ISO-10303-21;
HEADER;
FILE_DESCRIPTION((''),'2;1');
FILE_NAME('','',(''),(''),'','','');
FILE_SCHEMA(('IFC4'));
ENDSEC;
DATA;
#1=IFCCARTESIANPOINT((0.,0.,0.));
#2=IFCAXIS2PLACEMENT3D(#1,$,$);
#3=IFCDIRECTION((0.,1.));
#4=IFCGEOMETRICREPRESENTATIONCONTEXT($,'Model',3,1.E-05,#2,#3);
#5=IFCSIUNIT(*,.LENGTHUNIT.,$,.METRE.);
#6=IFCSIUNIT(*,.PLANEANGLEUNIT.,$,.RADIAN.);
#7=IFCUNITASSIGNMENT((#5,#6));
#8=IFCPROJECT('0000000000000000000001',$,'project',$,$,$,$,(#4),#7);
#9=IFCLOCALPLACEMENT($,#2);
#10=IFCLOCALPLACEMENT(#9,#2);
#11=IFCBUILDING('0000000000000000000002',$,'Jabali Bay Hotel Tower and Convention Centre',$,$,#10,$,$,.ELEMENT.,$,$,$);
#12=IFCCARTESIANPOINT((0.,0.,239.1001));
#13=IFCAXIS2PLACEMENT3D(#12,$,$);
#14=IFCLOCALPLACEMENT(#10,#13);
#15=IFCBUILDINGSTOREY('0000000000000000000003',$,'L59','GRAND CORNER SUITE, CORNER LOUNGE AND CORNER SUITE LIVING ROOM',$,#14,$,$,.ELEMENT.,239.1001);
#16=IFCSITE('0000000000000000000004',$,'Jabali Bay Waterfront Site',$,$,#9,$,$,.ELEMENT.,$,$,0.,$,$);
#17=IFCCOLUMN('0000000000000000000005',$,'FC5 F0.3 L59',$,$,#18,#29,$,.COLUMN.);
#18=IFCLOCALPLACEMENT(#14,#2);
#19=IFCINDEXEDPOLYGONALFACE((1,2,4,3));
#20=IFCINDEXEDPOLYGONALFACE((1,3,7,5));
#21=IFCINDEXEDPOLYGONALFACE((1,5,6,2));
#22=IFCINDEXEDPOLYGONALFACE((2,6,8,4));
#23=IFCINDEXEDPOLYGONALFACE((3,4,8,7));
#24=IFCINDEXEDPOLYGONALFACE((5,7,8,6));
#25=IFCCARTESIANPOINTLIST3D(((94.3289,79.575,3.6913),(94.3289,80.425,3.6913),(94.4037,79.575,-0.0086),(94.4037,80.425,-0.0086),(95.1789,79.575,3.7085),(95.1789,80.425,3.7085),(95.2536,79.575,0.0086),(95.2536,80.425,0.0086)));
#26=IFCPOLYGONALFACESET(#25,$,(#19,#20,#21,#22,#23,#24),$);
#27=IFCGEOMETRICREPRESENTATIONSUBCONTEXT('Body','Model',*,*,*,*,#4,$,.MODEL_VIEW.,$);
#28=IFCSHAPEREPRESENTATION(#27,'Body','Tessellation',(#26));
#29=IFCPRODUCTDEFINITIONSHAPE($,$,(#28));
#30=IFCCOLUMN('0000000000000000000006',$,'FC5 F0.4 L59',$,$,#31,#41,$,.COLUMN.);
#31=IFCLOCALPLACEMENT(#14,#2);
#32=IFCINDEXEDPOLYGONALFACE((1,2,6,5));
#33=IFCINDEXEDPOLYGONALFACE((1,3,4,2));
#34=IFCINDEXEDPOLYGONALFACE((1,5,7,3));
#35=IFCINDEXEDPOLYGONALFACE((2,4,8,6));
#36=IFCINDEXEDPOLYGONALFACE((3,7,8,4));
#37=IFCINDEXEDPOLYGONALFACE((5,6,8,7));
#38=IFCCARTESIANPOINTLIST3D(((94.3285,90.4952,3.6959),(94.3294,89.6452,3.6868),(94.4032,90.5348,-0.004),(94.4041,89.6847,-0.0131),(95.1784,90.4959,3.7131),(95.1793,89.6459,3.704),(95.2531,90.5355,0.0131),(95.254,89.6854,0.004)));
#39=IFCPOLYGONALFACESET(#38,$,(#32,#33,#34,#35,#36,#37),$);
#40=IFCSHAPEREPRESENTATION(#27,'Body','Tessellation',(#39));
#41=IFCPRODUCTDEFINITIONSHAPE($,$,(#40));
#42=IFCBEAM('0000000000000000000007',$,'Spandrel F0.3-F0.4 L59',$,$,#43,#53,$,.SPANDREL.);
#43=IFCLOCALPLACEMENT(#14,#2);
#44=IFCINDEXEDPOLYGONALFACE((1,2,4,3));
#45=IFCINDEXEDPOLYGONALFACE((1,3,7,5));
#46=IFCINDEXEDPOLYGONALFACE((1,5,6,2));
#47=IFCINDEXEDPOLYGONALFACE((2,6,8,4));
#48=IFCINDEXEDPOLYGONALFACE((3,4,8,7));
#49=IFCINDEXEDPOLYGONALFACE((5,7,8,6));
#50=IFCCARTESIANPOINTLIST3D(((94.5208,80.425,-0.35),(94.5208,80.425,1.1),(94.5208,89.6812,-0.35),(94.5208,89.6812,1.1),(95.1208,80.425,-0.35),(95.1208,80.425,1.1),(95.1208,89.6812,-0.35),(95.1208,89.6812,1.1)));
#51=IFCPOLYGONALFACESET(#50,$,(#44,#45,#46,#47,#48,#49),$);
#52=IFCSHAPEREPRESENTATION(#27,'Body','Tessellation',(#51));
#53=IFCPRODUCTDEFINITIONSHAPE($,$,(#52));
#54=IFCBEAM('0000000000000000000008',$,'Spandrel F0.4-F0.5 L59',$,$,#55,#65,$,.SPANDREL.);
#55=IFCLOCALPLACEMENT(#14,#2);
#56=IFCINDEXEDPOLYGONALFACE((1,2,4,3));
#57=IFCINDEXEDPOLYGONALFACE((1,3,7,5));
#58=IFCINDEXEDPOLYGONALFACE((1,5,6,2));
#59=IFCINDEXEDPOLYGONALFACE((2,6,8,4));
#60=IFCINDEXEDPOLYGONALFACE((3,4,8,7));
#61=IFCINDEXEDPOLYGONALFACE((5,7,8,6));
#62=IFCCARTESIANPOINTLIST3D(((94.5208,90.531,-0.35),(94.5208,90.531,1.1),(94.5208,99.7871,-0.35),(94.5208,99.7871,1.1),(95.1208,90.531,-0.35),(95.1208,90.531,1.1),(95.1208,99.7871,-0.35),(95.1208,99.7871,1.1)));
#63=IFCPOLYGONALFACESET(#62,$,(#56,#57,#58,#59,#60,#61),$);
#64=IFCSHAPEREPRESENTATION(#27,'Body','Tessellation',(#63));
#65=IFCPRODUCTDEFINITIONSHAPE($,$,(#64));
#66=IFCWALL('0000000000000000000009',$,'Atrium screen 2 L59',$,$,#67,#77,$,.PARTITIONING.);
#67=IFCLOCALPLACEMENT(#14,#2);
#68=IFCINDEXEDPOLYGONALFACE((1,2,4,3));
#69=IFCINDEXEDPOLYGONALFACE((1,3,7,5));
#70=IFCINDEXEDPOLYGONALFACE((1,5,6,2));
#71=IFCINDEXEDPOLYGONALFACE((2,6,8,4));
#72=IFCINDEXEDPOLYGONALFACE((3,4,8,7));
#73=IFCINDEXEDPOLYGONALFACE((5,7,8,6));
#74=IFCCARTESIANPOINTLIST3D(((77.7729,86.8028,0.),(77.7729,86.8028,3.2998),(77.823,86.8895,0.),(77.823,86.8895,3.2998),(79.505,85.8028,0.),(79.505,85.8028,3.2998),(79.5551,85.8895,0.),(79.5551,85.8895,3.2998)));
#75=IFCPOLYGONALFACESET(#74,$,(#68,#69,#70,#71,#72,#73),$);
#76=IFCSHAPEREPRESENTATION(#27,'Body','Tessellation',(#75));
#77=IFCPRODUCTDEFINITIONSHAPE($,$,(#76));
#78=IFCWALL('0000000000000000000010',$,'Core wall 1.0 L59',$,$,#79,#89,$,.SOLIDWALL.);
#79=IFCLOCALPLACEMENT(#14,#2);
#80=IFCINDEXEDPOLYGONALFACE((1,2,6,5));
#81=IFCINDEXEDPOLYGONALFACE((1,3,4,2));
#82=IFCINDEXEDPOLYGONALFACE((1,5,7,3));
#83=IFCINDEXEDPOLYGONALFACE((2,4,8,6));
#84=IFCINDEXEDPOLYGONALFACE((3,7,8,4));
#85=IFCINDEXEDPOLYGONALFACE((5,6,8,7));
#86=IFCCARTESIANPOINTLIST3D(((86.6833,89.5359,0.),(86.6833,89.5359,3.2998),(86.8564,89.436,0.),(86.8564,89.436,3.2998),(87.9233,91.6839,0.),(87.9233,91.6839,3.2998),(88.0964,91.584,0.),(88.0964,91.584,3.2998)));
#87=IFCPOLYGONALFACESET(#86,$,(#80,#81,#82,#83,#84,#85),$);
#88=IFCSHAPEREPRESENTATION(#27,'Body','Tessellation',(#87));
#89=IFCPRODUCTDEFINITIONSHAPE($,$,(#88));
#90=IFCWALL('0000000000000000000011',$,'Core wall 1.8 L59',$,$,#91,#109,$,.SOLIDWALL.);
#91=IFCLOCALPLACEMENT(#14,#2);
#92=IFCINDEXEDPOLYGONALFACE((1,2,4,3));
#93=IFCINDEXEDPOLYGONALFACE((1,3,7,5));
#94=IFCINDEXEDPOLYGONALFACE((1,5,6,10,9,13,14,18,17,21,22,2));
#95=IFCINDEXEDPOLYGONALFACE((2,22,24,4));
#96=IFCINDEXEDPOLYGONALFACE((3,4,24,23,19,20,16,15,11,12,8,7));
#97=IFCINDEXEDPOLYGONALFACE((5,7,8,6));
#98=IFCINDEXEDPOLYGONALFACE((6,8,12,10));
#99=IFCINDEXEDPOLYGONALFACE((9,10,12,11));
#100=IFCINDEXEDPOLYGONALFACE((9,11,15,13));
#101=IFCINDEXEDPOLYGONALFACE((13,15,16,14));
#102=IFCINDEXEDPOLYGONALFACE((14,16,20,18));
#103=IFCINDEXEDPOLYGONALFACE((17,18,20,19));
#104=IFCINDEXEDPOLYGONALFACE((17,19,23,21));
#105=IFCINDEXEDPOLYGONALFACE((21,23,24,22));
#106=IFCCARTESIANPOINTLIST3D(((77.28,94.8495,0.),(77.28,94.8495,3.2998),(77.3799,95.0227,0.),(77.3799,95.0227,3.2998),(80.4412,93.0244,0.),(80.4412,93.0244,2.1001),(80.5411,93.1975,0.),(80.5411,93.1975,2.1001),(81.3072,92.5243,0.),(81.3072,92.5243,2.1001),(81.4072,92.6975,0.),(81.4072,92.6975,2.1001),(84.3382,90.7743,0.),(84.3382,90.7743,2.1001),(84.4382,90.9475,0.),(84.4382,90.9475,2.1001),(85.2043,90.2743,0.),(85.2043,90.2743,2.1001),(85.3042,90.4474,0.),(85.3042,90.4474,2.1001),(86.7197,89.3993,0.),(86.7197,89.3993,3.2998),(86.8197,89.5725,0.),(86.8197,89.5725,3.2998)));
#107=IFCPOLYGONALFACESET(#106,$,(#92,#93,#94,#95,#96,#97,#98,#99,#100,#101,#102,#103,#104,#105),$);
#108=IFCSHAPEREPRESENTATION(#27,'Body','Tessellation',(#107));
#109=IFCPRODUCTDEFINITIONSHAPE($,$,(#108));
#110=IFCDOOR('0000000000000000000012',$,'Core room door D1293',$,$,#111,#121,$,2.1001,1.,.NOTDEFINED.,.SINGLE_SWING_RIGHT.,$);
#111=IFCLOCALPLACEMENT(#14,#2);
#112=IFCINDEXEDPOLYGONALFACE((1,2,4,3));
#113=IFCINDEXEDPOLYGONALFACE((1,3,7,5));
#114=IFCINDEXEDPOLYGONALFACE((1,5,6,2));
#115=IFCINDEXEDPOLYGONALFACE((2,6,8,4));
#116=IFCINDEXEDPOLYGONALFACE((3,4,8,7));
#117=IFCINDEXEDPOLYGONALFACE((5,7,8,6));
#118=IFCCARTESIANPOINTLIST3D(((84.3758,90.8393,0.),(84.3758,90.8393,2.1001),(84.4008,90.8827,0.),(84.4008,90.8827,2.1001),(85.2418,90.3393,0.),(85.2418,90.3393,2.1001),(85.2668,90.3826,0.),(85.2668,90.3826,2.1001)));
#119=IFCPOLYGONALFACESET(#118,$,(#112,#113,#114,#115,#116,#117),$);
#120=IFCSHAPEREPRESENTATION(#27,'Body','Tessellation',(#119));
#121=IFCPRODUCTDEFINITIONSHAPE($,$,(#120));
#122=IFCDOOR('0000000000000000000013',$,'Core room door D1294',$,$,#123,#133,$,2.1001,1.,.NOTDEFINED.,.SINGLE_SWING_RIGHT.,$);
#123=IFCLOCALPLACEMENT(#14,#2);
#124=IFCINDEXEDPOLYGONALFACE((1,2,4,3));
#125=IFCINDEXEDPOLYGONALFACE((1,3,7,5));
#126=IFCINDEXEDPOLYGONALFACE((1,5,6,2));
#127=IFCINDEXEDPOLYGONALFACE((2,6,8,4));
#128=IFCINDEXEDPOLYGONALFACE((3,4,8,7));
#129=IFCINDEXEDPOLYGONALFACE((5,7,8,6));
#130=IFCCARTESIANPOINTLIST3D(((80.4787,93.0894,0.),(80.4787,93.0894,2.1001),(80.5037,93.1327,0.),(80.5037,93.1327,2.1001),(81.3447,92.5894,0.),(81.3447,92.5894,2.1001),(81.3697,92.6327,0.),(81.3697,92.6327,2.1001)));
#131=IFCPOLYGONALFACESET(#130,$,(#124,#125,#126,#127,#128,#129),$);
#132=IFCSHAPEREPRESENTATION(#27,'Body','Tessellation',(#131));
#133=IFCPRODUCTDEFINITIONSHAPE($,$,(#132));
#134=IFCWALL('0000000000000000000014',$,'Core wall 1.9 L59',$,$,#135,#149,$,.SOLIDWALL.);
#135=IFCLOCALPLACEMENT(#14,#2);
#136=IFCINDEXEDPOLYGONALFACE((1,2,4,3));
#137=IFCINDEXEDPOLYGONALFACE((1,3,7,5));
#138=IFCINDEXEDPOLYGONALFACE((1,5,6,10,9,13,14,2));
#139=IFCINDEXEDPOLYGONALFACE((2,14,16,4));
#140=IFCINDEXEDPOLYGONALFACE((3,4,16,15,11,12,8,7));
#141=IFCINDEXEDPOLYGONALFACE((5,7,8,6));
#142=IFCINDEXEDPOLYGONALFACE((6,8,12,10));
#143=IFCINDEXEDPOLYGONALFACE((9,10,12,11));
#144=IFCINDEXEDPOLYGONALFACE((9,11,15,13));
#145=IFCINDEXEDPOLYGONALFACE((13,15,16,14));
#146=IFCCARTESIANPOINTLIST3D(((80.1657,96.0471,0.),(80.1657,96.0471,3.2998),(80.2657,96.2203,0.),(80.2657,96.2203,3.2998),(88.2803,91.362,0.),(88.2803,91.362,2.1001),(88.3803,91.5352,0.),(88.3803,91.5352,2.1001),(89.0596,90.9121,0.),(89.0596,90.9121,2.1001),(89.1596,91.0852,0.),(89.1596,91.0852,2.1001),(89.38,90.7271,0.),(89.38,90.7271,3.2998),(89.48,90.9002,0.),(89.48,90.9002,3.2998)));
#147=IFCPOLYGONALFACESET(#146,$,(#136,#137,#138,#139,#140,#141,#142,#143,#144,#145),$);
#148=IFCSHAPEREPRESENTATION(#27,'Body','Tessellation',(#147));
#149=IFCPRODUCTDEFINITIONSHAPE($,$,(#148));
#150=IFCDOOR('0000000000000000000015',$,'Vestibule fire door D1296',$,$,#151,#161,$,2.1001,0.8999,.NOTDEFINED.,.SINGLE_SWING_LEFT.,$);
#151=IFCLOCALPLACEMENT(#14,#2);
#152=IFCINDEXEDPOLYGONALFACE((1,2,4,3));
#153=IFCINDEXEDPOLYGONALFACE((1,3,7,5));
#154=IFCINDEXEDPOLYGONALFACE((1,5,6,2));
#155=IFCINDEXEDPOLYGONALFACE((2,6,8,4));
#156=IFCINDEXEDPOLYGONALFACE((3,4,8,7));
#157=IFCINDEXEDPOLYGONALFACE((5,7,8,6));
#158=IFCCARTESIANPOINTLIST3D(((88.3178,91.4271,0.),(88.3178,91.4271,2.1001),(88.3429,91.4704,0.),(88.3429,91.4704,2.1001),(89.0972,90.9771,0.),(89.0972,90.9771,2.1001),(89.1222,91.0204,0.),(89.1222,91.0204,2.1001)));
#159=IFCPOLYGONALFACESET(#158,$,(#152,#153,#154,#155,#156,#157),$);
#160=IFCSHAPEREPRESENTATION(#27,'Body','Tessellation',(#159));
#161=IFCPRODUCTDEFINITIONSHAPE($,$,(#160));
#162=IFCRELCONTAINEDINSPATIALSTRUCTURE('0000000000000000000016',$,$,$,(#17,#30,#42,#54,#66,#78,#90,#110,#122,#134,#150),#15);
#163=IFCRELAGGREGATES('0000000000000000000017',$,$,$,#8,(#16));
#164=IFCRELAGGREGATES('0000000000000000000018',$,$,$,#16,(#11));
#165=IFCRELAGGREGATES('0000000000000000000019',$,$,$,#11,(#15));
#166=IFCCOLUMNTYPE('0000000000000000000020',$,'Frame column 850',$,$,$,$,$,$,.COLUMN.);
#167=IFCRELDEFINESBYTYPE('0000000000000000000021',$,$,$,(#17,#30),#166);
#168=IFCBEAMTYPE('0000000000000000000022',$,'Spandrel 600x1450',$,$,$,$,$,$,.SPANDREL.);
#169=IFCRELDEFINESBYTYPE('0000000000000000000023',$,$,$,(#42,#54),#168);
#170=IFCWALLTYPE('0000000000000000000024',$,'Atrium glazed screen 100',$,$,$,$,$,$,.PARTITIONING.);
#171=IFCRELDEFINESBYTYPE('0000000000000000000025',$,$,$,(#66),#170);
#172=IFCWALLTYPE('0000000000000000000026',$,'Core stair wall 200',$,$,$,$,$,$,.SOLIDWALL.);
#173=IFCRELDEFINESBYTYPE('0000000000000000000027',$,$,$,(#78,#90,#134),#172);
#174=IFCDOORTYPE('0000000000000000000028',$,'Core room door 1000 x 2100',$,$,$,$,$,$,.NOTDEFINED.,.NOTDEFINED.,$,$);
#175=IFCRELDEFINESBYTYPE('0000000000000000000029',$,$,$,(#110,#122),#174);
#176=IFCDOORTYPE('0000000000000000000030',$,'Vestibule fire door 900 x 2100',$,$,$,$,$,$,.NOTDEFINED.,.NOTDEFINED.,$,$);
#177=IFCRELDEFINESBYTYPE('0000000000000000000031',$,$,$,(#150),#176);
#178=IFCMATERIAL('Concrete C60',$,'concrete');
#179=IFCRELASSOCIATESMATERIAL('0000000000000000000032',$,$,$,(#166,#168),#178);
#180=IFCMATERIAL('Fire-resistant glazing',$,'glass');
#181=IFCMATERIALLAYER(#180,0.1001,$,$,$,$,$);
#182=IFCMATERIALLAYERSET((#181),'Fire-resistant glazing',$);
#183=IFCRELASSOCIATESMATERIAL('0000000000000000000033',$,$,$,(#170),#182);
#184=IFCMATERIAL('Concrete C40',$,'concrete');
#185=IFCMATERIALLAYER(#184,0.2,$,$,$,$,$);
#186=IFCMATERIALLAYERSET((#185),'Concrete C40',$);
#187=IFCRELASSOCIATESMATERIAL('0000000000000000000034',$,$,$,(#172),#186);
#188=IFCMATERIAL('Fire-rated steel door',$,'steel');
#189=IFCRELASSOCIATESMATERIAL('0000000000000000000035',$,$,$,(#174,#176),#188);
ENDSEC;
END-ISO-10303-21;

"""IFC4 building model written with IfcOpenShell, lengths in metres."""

from ifc_helpers import new_model, si_unit, direction, frame, frame_2d, origin, origin_2d, place, context, subcontext, project, spatial, rectangle, extrude, material, layer, layer_set, material_profile, profile_set, type_object, element, fill, save


model = new_model("IFC4")

# Units and contexts
model_context = context("Model", 3, precision=1e-05, world=origin(), true_north=direction((0.0, 1.0)))
body_context = subcontext(model_context, "Body", "Model", "MODEL_VIEW")
ifc_project = project(units=[si_unit("LENGTHUNIT", "METRE"), si_unit("PLANEANGLEUNIT", "RADIAN")], contexts=[model_context])

# Site, building, storey
site_placement = place(None, origin())
site = spatial("IfcSite", under=ifc_project, at=site_placement, Name="Jabali Bay Waterfront Site", CompositionType="ELEMENT", RefElevation=0.0)
building_placement = place(site_placement, origin())
building = spatial("IfcBuilding", under=site, at=building_placement, Name="Jabali Bay Hotel Tower and Convention Centre", CompositionType="ELEMENT")
storey_placement = place(building_placement, frame((0.0, 0.0, 239.1001)))
storey = spatial("IfcBuildingStorey", under=building, at=storey_placement, Name="L59", Description="GRAND CORNER SUITE, CORNER LOUNGE AND CORNER SUITE LIVING ROOM", CompositionType="ELEMENT", Elevation=239.1001)

# Columns
ifc_material_1 = material(Name="Concrete C60", Category="concrete")
ifc_material_profile_1 = material_profile(ifc_material_1, rectangle(XDim=0.8501, YDim=0.8501, at=origin_2d()), Name="Frame column 850")
ifc_profile_set_1 = profile_set([ifc_material_profile_1], Name="Concrete C60")
column_type = type_object("IfcColumnType", Name="Frame column 850", PredefinedType="COLUMN", material=ifc_profile_set_1)
column_1_placement = place(storey_placement, frame((94.8286, 80.0, 0.0), z_axis=(-0.020187, 0.0, 0.999796), x_axis=(0.0, -1.0, 0.0)))
element("IfcColumn", 1, at=column_1_placement, inside=storey, type_object=column_type, Name="FC5 F0.3 L59", PredefinedType="COLUMN", context=body_context, shape_type="SweptSolid", body=[
    extrude(rectangle(XDim=0.8501, YDim=0.8501, at=origin_2d()), origin(), (0.0, 0.0, 1.0), 3.7007),
])
column_2_placement = place(storey_placement, frame((94.8286, 90.1101, 0.0), z_axis=(-0.020186, -0.010687, 0.999739), x_axis=(0.999796, 0.000797, 0.020196)))
element("IfcColumn", 2, at=column_2_placement, inside=storey, type_object=column_type, Name="FC5 F0.4 L59", PredefinedType="COLUMN", context=body_context, shape_type="SweptSolid", body=[
    extrude(rectangle(XDim=0.8501, YDim=0.8501, at=origin_2d()), origin(), (0.0, 0.0, 1.0), 3.7009),
])

# Beams
ifc_material_profile_2 = material_profile(ifc_material_1, rectangle(XDim=0.6001, YDim=1.45, at=origin_2d()), Name="Spandrel 600x1450")
ifc_profile_set_2 = profile_set([ifc_material_profile_2], Name="Concrete C60")
beam_type = type_object("IfcBeamType", Name="Spandrel 600x1450", PredefinedType="SPANDREL", material=ifc_profile_set_2)
for number, where, z_axis, x_axis, name in (
    (3, (94.8208, 80.425, 0.375), (0.0, 1.0, 0.0), (-1.0, 0.0, 0.0), "Spandrel F0.3-F0.4 L59"),
    (4, (94.8208, 90.531, 0.375), (0.0, 1.0, 0.0), (-1.0, 0.0, 0.0), "Spandrel F0.4-F0.5 L59"),
):
    element("IfcBeam", number, at=place(storey_placement, frame(where, z_axis=z_axis, x_axis=x_axis)), inside=storey, type_object=beam_type, Name=name, PredefinedType="SPANDREL", context=body_context, shape_type="SweptSolid", body=[
        extrude(rectangle(XDim=0.6001, YDim=1.45, at=origin_2d()), origin(), (0.0, 0.0, 1.0), 9.2561),
    ])

# Walls
ifc_material_2 = material(Name="Fire-resistant glazing", Category="glass")
ifc_layer_1 = layer(ifc_material_2, 0.1001)
ifc_layer_set_1 = layer_set([ifc_layer_1], Name="Fire-resistant glazing")
wall_type_1 = type_object("IfcWallType", Name="Atrium glazed screen 100", PredefinedType="PARTITIONING", material=ifc_layer_set_1)
wall_1_placement = place(storey_placement, frame((79.53, 85.8462, 0.0), z_axis=(0.0, 0.0, 1.0), x_axis=(-0.866041, 0.499973, 0.0)))
element("IfcWall", 5, at=wall_1_placement, inside=storey, type_object=wall_type_1, Name="Atrium screen 2 L59", PredefinedType="PARTITIONING", context=body_context, shape_type="SweptSolid", body=[
    extrude(rectangle(XDim=2.0, YDim=0.1001, at=frame_2d((1.0, 0.0))), origin(), (0.0, 0.0, 1.0), 3.2998),
])
ifc_material_3 = material(Name="Concrete C40", Category="concrete")
ifc_layer_2 = layer(ifc_material_3, 0.2)
ifc_layer_set_2 = layer_set([ifc_layer_2], Name="Concrete C40")
wall_type_2 = type_object("IfcWallType", Name="Core stair wall 200", PredefinedType="SOLIDWALL", material=ifc_layer_set_2)
wall_2_placement = place(storey_placement, frame((86.7698, 89.4858, 0.0), z_axis=(0.0, 0.0, 1.0), x_axis=(0.499961, 0.866048, 0.0)))
element("IfcWall", 6, at=wall_2_placement, inside=storey, type_object=wall_type_2, Name="Core wall 1.0 L59", PredefinedType="SOLIDWALL", context=body_context, shape_type="SweptSolid", body=[
    extrude(rectangle(XDim=2.4802, YDim=0.2, at=frame_2d((1.2402, 0.0))), origin(), (0.0, 0.0, 1.0), 3.2998),
])

# Wall, openings, doors
wall_3_placement = place(storey_placement, frame((86.7698, 89.4858, 0.0), z_axis=(0.0, 0.0, 1.0), x_axis=(-0.866018, 0.500013, 0.0)))
wall_3 = element("IfcWall", 7, at=wall_3_placement, inside=storey, type_object=wall_type_2, Name="Core wall 1.8 L59", PredefinedType="SOLIDWALL", context=body_context, shape_type="SweptSolid", body=[
    extrude(rectangle(XDim=10.9001, YDim=0.2, at=frame_2d((5.4502, 0.0))), origin(), (0.0, 0.0, 1.0), 3.2998),
])
opening_1_placement = place(wall_3_placement, frame((1.75, 0.0, 0.0)))
opening_1 = element("IfcOpeningElement", 8, at=opening_1_placement, cuts=wall_3, PredefinedType="OPENING", context=body_context, shape_type="SweptSolid", body=[
    extrude(rectangle(XDim=1.0, YDim=2.1001, at=frame_2d((0.5, 1.05))), frame((0.0, 0.1104, 0.0), z_axis=(0.0, -1.0, 0.0), x_axis=(1.0, 0.0, 0.0)), (0.0, 0.0, 1.0), 0.2209),
])
opening_2_placement = place(wall_3_placement, frame((6.25, 0.0, 0.0)))
opening_2 = element("IfcOpeningElement", 9, at=opening_2_placement, cuts=wall_3, PredefinedType="OPENING", context=body_context, shape_type="SweptSolid", body=[
    extrude(rectangle(XDim=1.0, YDim=2.1001, at=frame_2d((0.5, 1.05))), frame((0.0, 0.1104, 0.0), z_axis=(0.0, -1.0, 0.0), x_axis=(1.0, 0.0, 0.0)), (0.0, 0.0, 1.0), 0.2209),
])
ifc_material_4 = material(Name="Fire-rated steel door", Category="steel")
door_type_1 = type_object("IfcDoorType", Name="Core room door 1000 x 2100", OperationType="NOTDEFINED", PredefinedType="NOTDEFINED", material=ifc_material_4)
door_1_placement = place(opening_1_placement, origin())
door_1 = element("IfcDoor", 10, at=door_1_placement, inside=storey, type_object=door_type_1, Name="Core room door D1293", OperationType="SINGLE_SWING_RIGHT", OverallHeight=2.1001, OverallWidth=1.0, PredefinedType="NOTDEFINED", context=body_context, shape_type="SweptSolid", body=[
    extrude(rectangle(XDim=1.0, YDim=2.1001, at=frame_2d((0.5, 1.05))), frame((0.0, 0.0249, 0.0), z_axis=(0.0, -1.0, 0.0), x_axis=(1.0, 0.0, 0.0)), (0.0, 0.0, 1.0), 0.05),
])
fill(opening_1, door_1)
door_2_placement = place(opening_2_placement, origin())
door_2 = element("IfcDoor", 11, at=door_2_placement, inside=storey, type_object=door_type_1, Name="Core room door D1294", OperationType="SINGLE_SWING_RIGHT", OverallHeight=2.1001, OverallWidth=1.0, PredefinedType="NOTDEFINED", context=body_context, shape_type="SweptSolid", body=[
    extrude(rectangle(XDim=1.0, YDim=2.1001, at=frame_2d((0.5, 1.05))), frame((0.0, 0.0249, 0.0), z_axis=(0.0, -1.0, 0.0), x_axis=(1.0, 0.0, 0.0)), (0.0, 0.0, 1.0), 0.05),
])
fill(opening_2, door_2)

# Wall, opening, door
wall_4_placement = place(storey_placement, frame((89.4299, 90.8137, 0.0), z_axis=(0.0, 0.0, 1.0), x_axis=(-0.866019, 0.500011, 0.0)))
wall_4 = element("IfcWall", 12, at=wall_4_placement, inside=storey, type_object=wall_type_2, Name="Core wall 1.9 L59", PredefinedType="SOLIDWALL", context=body_context, shape_type="SweptSolid", body=[
    extrude(rectangle(XDim=10.6399, YDim=0.2, at=frame_2d((5.3198, 0.0))), origin(), (0.0, 0.0, 1.0), 3.2998),
])
opening_3_placement = place(wall_4_placement, frame((0.3699, 0.0, 0.0)))
opening_3 = element("IfcOpeningElement", 13, at=opening_3_placement, cuts=wall_4, PredefinedType="OPENING", context=body_context, shape_type="SweptSolid", body=[
    extrude(rectangle(XDim=0.8999, YDim=2.1001, at=frame_2d((0.45, 1.05))), frame((0.0, 0.1104, 0.0), z_axis=(0.0, -1.0, 0.0), x_axis=(1.0, 0.0, 0.0)), (0.0, 0.0, 1.0), 0.2209),
])
door_type_2 = type_object("IfcDoorType", Name="Vestibule fire door 900 x 2100", OperationType="NOTDEFINED", PredefinedType="NOTDEFINED", material=ifc_material_4)
door_3_placement = place(opening_3_placement, origin())
door_3 = element("IfcDoor", 14, at=door_3_placement, inside=storey, type_object=door_type_2, Name="Vestibule fire door D1296", OperationType="SINGLE_SWING_LEFT", OverallHeight=2.1001, OverallWidth=0.8999, PredefinedType="NOTDEFINED", context=body_context, shape_type="SweptSolid", body=[
    extrude(rectangle(XDim=0.8999, YDim=2.1001, at=frame_2d((0.45, 1.05))), frame((0.0, 0.0249, 0.0), z_axis=(0.0, -1.0, 0.0), x_axis=(1.0, 0.0, 0.0)), (0.0, 0.0, 1.0), 0.05),
])
fill(opening_3, door_3)

save(model, "model.ifc")
